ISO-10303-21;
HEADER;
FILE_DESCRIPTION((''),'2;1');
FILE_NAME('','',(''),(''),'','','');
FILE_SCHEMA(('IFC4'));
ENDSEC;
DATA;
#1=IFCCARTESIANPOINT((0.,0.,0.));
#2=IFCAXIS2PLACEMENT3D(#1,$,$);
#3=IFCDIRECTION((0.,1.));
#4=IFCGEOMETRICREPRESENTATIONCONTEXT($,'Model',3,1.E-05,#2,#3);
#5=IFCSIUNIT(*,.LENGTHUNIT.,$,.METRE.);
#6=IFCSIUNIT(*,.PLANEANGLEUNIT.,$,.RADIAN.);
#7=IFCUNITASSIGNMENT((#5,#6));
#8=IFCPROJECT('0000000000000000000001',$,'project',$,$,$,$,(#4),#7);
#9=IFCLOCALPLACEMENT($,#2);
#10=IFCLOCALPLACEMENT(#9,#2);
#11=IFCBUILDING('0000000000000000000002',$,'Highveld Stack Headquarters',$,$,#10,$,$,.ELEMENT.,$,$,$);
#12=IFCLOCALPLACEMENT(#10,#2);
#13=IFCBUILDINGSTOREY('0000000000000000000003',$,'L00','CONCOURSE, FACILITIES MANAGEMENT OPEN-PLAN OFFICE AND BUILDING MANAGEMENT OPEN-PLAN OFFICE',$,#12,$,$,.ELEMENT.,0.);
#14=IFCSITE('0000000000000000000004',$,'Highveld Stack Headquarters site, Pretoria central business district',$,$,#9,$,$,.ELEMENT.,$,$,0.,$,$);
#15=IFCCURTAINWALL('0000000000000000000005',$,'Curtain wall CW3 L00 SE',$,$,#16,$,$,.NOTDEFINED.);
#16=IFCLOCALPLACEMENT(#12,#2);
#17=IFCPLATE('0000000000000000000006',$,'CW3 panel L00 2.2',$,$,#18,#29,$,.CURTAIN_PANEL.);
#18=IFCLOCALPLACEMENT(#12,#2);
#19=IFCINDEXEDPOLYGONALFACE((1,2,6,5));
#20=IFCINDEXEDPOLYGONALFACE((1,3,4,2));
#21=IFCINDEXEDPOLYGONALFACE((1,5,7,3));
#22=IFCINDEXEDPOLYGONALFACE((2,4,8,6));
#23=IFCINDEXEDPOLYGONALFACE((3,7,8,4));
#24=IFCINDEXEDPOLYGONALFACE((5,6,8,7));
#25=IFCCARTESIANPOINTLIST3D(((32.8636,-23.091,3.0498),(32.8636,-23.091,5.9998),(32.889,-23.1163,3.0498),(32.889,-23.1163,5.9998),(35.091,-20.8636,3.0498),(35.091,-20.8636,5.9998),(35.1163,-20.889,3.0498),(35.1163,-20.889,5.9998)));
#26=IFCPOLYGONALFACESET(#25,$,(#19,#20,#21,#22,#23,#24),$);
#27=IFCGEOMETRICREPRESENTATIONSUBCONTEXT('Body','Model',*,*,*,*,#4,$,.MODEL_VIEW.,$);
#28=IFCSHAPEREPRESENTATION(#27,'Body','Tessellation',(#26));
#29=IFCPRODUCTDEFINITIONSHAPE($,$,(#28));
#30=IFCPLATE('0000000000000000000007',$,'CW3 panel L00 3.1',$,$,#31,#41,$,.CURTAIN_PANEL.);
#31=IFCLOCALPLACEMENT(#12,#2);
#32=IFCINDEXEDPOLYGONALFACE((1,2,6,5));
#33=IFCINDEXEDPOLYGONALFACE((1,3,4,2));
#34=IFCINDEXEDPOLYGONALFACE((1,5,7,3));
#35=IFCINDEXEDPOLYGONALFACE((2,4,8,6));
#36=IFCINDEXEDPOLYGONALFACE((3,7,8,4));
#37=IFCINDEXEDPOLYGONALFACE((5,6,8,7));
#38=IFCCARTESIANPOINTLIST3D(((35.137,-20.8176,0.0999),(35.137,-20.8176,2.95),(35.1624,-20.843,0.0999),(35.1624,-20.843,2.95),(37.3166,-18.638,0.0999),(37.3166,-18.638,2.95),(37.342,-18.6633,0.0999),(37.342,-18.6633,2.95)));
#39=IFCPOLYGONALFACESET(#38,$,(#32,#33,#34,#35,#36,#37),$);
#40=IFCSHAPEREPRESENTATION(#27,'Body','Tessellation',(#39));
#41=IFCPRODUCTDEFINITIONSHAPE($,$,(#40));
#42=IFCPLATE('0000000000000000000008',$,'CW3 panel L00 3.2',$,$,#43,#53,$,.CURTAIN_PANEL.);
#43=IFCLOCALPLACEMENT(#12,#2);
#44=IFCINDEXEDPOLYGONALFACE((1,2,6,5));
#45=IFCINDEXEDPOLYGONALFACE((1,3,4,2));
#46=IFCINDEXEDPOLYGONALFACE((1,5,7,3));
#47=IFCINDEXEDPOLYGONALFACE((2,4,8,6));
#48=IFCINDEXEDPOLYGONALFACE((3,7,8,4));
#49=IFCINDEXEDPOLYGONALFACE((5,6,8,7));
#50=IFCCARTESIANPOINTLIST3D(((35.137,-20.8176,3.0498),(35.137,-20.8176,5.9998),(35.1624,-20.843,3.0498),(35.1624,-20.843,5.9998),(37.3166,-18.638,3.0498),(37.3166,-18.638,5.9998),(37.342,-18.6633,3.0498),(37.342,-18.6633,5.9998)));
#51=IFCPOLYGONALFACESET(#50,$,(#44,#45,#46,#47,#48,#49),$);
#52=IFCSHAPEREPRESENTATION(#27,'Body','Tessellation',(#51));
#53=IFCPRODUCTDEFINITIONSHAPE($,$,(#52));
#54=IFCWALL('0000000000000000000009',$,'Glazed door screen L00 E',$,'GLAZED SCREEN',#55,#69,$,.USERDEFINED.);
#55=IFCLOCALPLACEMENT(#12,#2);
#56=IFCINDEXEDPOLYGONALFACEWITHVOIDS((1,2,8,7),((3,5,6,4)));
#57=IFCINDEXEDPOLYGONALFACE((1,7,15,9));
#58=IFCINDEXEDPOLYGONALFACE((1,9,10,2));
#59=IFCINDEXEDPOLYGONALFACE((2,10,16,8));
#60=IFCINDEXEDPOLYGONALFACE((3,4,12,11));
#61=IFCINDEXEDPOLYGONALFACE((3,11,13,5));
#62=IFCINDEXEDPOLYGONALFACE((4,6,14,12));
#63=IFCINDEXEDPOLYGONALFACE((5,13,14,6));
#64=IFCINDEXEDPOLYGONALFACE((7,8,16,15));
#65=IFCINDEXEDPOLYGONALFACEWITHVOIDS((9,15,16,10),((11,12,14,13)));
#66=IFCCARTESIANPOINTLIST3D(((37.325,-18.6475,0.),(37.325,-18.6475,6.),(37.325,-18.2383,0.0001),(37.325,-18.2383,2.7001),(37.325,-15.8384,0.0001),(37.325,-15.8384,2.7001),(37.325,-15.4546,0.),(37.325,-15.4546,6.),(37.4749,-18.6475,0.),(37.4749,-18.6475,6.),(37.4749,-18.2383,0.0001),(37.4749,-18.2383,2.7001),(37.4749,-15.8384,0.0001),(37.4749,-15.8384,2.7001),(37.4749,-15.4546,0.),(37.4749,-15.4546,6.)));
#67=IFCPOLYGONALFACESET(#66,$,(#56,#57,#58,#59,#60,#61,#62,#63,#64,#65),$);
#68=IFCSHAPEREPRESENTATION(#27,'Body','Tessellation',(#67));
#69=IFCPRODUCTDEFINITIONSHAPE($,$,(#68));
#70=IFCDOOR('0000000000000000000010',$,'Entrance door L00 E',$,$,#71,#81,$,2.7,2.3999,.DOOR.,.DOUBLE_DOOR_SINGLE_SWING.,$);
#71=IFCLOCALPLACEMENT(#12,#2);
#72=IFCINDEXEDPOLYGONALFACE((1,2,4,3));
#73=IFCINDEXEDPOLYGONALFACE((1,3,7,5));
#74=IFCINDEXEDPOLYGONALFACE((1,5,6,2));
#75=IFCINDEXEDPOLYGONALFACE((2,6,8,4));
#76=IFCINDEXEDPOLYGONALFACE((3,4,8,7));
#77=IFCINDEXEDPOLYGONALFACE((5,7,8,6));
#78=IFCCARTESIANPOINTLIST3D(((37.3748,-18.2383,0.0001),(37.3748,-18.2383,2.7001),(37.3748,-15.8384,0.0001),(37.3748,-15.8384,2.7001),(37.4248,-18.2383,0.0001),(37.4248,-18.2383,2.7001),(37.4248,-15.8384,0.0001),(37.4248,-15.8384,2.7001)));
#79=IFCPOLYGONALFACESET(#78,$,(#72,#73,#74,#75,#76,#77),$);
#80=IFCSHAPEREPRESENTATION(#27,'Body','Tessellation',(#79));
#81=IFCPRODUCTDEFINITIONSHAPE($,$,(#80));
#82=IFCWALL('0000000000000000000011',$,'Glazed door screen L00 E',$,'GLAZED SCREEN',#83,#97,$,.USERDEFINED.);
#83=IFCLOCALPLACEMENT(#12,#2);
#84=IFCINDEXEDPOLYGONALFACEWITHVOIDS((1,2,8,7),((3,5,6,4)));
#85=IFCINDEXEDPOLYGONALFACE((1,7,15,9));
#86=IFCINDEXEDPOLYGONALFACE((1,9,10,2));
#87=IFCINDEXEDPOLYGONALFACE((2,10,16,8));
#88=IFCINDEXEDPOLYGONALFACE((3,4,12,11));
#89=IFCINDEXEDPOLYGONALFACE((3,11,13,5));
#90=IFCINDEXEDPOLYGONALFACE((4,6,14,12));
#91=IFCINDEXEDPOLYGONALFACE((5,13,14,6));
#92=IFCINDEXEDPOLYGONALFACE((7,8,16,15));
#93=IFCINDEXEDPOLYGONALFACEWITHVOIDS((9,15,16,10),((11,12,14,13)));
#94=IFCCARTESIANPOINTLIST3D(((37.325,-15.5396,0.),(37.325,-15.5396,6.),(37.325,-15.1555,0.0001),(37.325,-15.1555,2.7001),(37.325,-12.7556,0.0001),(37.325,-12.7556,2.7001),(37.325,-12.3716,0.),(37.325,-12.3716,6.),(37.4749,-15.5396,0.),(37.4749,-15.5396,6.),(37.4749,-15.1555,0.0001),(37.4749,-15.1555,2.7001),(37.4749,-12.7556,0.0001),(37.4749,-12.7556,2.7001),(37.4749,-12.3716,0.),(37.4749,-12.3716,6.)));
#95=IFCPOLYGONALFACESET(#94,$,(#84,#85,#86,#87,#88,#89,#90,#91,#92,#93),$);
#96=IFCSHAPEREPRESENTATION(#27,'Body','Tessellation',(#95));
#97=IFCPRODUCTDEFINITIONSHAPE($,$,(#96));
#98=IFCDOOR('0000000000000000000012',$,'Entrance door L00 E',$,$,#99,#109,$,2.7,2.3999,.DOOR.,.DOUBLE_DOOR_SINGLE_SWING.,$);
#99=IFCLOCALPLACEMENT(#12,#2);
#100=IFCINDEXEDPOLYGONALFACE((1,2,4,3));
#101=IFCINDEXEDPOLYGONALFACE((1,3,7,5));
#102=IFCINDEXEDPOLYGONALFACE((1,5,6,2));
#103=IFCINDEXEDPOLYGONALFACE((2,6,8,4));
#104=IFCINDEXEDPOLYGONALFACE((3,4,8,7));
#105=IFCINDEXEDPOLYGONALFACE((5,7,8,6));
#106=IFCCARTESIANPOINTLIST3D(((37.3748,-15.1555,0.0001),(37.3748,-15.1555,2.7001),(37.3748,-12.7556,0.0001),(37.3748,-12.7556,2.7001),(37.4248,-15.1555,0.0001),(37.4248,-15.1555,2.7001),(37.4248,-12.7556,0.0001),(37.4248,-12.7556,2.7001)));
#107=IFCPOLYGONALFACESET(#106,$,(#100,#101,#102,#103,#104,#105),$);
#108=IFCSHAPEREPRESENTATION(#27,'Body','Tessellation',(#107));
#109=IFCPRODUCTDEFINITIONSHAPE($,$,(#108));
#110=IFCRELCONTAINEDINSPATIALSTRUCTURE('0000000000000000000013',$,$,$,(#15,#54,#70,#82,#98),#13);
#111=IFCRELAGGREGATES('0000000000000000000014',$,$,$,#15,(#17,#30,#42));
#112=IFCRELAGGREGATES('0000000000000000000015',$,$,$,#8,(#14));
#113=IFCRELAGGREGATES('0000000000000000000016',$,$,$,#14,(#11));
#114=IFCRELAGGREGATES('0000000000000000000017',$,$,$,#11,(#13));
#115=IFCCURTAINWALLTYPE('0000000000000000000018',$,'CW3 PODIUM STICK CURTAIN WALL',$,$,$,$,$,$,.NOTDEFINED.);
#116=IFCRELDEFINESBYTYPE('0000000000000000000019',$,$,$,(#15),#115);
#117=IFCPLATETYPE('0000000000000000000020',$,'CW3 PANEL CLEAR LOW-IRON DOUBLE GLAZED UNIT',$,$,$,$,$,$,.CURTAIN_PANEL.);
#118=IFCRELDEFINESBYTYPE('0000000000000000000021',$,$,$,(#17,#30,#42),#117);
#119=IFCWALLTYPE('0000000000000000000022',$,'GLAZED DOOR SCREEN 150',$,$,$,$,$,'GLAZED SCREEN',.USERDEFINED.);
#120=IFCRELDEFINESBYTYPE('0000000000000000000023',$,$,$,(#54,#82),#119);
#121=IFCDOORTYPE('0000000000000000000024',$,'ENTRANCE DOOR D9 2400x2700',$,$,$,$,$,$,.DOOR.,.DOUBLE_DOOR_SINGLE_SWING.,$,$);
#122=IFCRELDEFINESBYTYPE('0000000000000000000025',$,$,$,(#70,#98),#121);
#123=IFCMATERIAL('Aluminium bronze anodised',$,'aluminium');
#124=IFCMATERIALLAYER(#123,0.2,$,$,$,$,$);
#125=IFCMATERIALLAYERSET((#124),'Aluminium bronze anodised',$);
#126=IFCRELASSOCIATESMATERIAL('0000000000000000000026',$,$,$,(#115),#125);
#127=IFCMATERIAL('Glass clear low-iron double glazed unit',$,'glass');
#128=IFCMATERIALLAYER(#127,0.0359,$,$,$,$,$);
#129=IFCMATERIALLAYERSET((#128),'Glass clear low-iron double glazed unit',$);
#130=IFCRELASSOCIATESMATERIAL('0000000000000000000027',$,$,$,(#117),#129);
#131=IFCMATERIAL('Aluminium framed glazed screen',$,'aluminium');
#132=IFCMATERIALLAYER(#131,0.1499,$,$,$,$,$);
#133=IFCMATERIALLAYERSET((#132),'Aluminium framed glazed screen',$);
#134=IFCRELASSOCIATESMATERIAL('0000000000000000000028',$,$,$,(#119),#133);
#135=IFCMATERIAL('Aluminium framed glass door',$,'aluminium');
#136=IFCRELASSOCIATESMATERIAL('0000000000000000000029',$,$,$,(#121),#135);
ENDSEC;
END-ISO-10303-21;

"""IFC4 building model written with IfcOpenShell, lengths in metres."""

from ifc_helpers import new_model, si_unit, direction, frame, frame_2d, origin, origin_2d, place, context, subcontext, project, spatial, rectangle, extrude, material, layer, layer_set, type_object, element, fill, aggregate, save


model = new_model("IFC4")

# Units and contexts
model_context = context("Model", 3, precision=1e-05, world=origin(), true_north=direction((0.0, 1.0)))
body_context = subcontext(model_context, "Body", "Model", "MODEL_VIEW")
ifc_project = project(units=[si_unit("LENGTHUNIT", "METRE"), si_unit("PLANEANGLEUNIT", "RADIAN")], contexts=[model_context])

# Site, building, storey
site_placement = place(None, origin())
site = spatial("IfcSite", under=ifc_project, at=site_placement, Name="Highveld Stack Headquarters site, Pretoria central business district", CompositionType="ELEMENT", RefElevation=0.0)
building_placement = place(site_placement, origin())
building = spatial("IfcBuilding", under=site, at=building_placement, Name="Highveld Stack Headquarters", CompositionType="ELEMENT")
storey_placement = place(building_placement, origin())
storey = spatial("IfcBuildingStorey", under=building, at=storey_placement, Name="L00", Description="CONCOURSE, FACILITIES MANAGEMENT OPEN-PLAN OFFICE AND BUILDING MANAGEMENT OPEN-PLAN OFFICE", CompositionType="ELEMENT", Elevation=0.0)

# Curtain wall
ifc_material_1 = material(Name="Aluminium bronze anodised", Category="aluminium")
ifc_layer_1 = layer(ifc_material_1, 0.2)
ifc_layer_set_1 = layer_set([ifc_layer_1], Name="Aluminium bronze anodised")
curtain_wall_type = type_object("IfcCurtainWallType", Name="CW3 PODIUM STICK CURTAIN WALL", PredefinedType="NOTDEFINED", material=ifc_layer_set_1)
curtain_wall_1_placement = place(storey_placement, origin())
curtain_wall_1 = element("IfcCurtainWall", 1, at=curtain_wall_1_placement, inside=storey, type_object=curtain_wall_type, Name="Curtain wall CW3 L00 SE", PredefinedType="NOTDEFINED")

# Plates
ifc_material_2 = material(Name="Glass clear low-iron double glazed unit", Category="glass")
ifc_layer_2 = layer(ifc_material_2, 0.0359)
ifc_layer_set_2 = layer_set([ifc_layer_2], Name="Glass clear low-iron double glazed unit")
plate_type = type_object("IfcPlateType", Name="CW3 PANEL CLEAR LOW-IRON DOUBLE GLAZED UNIT", PredefinedType="CURTAIN_PANEL", material=ifc_layer_set_2)
plate_1_placement = place(storey_placement, frame((33.99, -21.99, 3.0498), z_axis=(0.0, 0.0, 1.0), x_axis=(0.707107, 0.707107, 0.0)))
plate_1 = element("IfcPlate", 2, at=plate_1_placement, type_object=plate_type, Name="CW3 panel L00 2.2", PredefinedType="CURTAIN_PANEL", context=body_context, shape_type="SweptSolid", body=[
    extrude(rectangle(XDim=3.1499, YDim=0.0359, at=origin_2d()), origin(), (0.0, 0.0, 1.0), 2.95),
])
plate_2_placement = place(storey_placement, frame((36.2395, -19.7405, 0.0999), z_axis=(0.0, 0.0, 1.0), x_axis=(0.707107, 0.707107, 0.0)))
plate_2 = element("IfcPlate", 3, at=plate_2_placement, type_object=plate_type, Name="CW3 panel L00 3.1", PredefinedType="CURTAIN_PANEL", context=body_context, shape_type="SweptSolid", body=[
    extrude(rectangle(XDim=3.0825, YDim=0.0359, at=origin_2d()), origin(), (0.0, 0.0, 1.0), 2.8501),
])
plate_3_placement = place(storey_placement, frame((36.2395, -19.7405, 3.0498), z_axis=(0.0, 0.0, 1.0), x_axis=(0.707107, 0.707107, 0.0)))
plate_3 = element("IfcPlate", 4, at=plate_3_placement, type_object=plate_type, Name="CW3 panel L00 3.2", PredefinedType="CURTAIN_PANEL", context=body_context, shape_type="SweptSolid", body=[
    extrude(rectangle(XDim=3.0825, YDim=0.0359, at=origin_2d()), origin(), (0.0, 0.0, 1.0), 2.95),
])
aggregate(curtain_wall_1, [plate_1, plate_2, plate_3])

# Walls, openings, doors
ifc_material_3 = material(Name="Aluminium framed glazed screen", Category="aluminium")
ifc_layer_3 = layer(ifc_material_3, 0.1499)
ifc_layer_set_3 = layer_set([ifc_layer_3], Name="Aluminium framed glazed screen")
wall_type = type_object("IfcWallType", Name="GLAZED DOOR SCREEN 150", ElementType="GLAZED SCREEN", PredefinedType="USERDEFINED", material=ifc_layer_set_3)
wall_1_placement = place(storey_placement, frame((37.3999, -15.4546, 0.0), z_axis=(0.0, 0.0, 1.0), x_axis=(0.0, -1.0, 0.0)))
wall_1 = element("IfcWall", 5, at=wall_1_placement, inside=storey, type_object=wall_type, Name="Glazed door screen L00 E", ObjectType="GLAZED SCREEN", PredefinedType="USERDEFINED", context=body_context, shape_type="SweptSolid", body=[
    extrude(rectangle(XDim=3.1929, YDim=0.1499, at=frame_2d((1.5964, 0.0))), origin(), (0.0, 0.0, 1.0), 6.0),
])
opening_1_placement = place(wall_1_placement, frame((0.3838, 0.0, 0.0)))
opening_1 = element("IfcOpeningElement", 6, at=opening_1_placement, cuts=wall_1, PredefinedType="OPENING", context=body_context, shape_type="SweptSolid", body=[
    extrude(rectangle(XDim=2.3999, YDim=2.7, at=frame_2d((1.2, 1.3501))), frame((0.0, 0.085, 0.0), z_axis=(0.0, -1.0, 0.0), x_axis=(1.0, 0.0, 0.0)), (0.0, 0.0, 1.0), 0.1699),
])
ifc_material_4 = material(Name="Aluminium framed glass door", Category="aluminium")
door_type = type_object("IfcDoorType", Name="ENTRANCE DOOR D9 2400x2700", OperationType="DOUBLE_DOOR_SINGLE_SWING", PredefinedType="DOOR", material=ifc_material_4)
door_1_placement = place(opening_1_placement, origin())
door_1 = element("IfcDoor", 7, at=door_1_placement, inside=storey, type_object=door_type, Name="Entrance door L00 E", OperationType="DOUBLE_DOOR_SINGLE_SWING", OverallHeight=2.7, OverallWidth=2.3999, PredefinedType="DOOR", context=body_context, shape_type="SweptSolid", body=[
    extrude(rectangle(XDim=2.3999, YDim=2.7, at=frame_2d((1.2, 1.3501))), frame((0.0, 0.0249, 0.0), z_axis=(0.0, -1.0, 0.0), x_axis=(1.0, 0.0, 0.0)), (0.0, 0.0, 1.0), 0.05),
])
fill(opening_1, door_1)
wall_2_placement = place(storey_placement, frame((37.3999, -12.3716, 0.0), z_axis=(0.0, 0.0, 1.0), x_axis=(0.0, -1.0, 0.0)))
wall_2 = element("IfcWall", 8, at=wall_2_placement, inside=storey, type_object=wall_type, Name="Glazed door screen L00 E", ObjectType="GLAZED SCREEN", PredefinedType="USERDEFINED", context=body_context, shape_type="SweptSolid", body=[
    extrude(rectangle(XDim=3.168, YDim=0.1499, at=frame_2d((1.584, 0.0))), origin(), (0.0, 0.0, 1.0), 6.0),
])
opening_2_placement = place(wall_2_placement, frame((0.384, 0.0, 0.0)))
opening_2 = element("IfcOpeningElement", 9, at=opening_2_placement, cuts=wall_2, PredefinedType="OPENING", context=body_context, shape_type="SweptSolid", body=[
    extrude(rectangle(XDim=2.3999, YDim=2.7, at=frame_2d((1.2, 1.3501))), frame((0.0, 0.085, 0.0), z_axis=(0.0, -1.0, 0.0), x_axis=(1.0, 0.0, 0.0)), (0.0, 0.0, 1.0), 0.1699),
])
door_2_placement = place(opening_2_placement, origin())
door_2 = element("IfcDoor", 10, at=door_2_placement, inside=storey, type_object=door_type, Name="Entrance door L00 E", OperationType="DOUBLE_DOOR_SINGLE_SWING", OverallHeight=2.7, OverallWidth=2.3999, PredefinedType="DOOR", context=body_context, shape_type="SweptSolid", body=[
    extrude(rectangle(XDim=2.3999, YDim=2.7, at=frame_2d((1.2, 1.3501))), frame((0.0, 0.0249, 0.0), z_axis=(0.0, -1.0, 0.0), x_axis=(1.0, 0.0, 0.0)), (0.0, 0.0, 1.0), 0.05),
])
fill(opening_2, door_2)

save(model, "model.ifc")
